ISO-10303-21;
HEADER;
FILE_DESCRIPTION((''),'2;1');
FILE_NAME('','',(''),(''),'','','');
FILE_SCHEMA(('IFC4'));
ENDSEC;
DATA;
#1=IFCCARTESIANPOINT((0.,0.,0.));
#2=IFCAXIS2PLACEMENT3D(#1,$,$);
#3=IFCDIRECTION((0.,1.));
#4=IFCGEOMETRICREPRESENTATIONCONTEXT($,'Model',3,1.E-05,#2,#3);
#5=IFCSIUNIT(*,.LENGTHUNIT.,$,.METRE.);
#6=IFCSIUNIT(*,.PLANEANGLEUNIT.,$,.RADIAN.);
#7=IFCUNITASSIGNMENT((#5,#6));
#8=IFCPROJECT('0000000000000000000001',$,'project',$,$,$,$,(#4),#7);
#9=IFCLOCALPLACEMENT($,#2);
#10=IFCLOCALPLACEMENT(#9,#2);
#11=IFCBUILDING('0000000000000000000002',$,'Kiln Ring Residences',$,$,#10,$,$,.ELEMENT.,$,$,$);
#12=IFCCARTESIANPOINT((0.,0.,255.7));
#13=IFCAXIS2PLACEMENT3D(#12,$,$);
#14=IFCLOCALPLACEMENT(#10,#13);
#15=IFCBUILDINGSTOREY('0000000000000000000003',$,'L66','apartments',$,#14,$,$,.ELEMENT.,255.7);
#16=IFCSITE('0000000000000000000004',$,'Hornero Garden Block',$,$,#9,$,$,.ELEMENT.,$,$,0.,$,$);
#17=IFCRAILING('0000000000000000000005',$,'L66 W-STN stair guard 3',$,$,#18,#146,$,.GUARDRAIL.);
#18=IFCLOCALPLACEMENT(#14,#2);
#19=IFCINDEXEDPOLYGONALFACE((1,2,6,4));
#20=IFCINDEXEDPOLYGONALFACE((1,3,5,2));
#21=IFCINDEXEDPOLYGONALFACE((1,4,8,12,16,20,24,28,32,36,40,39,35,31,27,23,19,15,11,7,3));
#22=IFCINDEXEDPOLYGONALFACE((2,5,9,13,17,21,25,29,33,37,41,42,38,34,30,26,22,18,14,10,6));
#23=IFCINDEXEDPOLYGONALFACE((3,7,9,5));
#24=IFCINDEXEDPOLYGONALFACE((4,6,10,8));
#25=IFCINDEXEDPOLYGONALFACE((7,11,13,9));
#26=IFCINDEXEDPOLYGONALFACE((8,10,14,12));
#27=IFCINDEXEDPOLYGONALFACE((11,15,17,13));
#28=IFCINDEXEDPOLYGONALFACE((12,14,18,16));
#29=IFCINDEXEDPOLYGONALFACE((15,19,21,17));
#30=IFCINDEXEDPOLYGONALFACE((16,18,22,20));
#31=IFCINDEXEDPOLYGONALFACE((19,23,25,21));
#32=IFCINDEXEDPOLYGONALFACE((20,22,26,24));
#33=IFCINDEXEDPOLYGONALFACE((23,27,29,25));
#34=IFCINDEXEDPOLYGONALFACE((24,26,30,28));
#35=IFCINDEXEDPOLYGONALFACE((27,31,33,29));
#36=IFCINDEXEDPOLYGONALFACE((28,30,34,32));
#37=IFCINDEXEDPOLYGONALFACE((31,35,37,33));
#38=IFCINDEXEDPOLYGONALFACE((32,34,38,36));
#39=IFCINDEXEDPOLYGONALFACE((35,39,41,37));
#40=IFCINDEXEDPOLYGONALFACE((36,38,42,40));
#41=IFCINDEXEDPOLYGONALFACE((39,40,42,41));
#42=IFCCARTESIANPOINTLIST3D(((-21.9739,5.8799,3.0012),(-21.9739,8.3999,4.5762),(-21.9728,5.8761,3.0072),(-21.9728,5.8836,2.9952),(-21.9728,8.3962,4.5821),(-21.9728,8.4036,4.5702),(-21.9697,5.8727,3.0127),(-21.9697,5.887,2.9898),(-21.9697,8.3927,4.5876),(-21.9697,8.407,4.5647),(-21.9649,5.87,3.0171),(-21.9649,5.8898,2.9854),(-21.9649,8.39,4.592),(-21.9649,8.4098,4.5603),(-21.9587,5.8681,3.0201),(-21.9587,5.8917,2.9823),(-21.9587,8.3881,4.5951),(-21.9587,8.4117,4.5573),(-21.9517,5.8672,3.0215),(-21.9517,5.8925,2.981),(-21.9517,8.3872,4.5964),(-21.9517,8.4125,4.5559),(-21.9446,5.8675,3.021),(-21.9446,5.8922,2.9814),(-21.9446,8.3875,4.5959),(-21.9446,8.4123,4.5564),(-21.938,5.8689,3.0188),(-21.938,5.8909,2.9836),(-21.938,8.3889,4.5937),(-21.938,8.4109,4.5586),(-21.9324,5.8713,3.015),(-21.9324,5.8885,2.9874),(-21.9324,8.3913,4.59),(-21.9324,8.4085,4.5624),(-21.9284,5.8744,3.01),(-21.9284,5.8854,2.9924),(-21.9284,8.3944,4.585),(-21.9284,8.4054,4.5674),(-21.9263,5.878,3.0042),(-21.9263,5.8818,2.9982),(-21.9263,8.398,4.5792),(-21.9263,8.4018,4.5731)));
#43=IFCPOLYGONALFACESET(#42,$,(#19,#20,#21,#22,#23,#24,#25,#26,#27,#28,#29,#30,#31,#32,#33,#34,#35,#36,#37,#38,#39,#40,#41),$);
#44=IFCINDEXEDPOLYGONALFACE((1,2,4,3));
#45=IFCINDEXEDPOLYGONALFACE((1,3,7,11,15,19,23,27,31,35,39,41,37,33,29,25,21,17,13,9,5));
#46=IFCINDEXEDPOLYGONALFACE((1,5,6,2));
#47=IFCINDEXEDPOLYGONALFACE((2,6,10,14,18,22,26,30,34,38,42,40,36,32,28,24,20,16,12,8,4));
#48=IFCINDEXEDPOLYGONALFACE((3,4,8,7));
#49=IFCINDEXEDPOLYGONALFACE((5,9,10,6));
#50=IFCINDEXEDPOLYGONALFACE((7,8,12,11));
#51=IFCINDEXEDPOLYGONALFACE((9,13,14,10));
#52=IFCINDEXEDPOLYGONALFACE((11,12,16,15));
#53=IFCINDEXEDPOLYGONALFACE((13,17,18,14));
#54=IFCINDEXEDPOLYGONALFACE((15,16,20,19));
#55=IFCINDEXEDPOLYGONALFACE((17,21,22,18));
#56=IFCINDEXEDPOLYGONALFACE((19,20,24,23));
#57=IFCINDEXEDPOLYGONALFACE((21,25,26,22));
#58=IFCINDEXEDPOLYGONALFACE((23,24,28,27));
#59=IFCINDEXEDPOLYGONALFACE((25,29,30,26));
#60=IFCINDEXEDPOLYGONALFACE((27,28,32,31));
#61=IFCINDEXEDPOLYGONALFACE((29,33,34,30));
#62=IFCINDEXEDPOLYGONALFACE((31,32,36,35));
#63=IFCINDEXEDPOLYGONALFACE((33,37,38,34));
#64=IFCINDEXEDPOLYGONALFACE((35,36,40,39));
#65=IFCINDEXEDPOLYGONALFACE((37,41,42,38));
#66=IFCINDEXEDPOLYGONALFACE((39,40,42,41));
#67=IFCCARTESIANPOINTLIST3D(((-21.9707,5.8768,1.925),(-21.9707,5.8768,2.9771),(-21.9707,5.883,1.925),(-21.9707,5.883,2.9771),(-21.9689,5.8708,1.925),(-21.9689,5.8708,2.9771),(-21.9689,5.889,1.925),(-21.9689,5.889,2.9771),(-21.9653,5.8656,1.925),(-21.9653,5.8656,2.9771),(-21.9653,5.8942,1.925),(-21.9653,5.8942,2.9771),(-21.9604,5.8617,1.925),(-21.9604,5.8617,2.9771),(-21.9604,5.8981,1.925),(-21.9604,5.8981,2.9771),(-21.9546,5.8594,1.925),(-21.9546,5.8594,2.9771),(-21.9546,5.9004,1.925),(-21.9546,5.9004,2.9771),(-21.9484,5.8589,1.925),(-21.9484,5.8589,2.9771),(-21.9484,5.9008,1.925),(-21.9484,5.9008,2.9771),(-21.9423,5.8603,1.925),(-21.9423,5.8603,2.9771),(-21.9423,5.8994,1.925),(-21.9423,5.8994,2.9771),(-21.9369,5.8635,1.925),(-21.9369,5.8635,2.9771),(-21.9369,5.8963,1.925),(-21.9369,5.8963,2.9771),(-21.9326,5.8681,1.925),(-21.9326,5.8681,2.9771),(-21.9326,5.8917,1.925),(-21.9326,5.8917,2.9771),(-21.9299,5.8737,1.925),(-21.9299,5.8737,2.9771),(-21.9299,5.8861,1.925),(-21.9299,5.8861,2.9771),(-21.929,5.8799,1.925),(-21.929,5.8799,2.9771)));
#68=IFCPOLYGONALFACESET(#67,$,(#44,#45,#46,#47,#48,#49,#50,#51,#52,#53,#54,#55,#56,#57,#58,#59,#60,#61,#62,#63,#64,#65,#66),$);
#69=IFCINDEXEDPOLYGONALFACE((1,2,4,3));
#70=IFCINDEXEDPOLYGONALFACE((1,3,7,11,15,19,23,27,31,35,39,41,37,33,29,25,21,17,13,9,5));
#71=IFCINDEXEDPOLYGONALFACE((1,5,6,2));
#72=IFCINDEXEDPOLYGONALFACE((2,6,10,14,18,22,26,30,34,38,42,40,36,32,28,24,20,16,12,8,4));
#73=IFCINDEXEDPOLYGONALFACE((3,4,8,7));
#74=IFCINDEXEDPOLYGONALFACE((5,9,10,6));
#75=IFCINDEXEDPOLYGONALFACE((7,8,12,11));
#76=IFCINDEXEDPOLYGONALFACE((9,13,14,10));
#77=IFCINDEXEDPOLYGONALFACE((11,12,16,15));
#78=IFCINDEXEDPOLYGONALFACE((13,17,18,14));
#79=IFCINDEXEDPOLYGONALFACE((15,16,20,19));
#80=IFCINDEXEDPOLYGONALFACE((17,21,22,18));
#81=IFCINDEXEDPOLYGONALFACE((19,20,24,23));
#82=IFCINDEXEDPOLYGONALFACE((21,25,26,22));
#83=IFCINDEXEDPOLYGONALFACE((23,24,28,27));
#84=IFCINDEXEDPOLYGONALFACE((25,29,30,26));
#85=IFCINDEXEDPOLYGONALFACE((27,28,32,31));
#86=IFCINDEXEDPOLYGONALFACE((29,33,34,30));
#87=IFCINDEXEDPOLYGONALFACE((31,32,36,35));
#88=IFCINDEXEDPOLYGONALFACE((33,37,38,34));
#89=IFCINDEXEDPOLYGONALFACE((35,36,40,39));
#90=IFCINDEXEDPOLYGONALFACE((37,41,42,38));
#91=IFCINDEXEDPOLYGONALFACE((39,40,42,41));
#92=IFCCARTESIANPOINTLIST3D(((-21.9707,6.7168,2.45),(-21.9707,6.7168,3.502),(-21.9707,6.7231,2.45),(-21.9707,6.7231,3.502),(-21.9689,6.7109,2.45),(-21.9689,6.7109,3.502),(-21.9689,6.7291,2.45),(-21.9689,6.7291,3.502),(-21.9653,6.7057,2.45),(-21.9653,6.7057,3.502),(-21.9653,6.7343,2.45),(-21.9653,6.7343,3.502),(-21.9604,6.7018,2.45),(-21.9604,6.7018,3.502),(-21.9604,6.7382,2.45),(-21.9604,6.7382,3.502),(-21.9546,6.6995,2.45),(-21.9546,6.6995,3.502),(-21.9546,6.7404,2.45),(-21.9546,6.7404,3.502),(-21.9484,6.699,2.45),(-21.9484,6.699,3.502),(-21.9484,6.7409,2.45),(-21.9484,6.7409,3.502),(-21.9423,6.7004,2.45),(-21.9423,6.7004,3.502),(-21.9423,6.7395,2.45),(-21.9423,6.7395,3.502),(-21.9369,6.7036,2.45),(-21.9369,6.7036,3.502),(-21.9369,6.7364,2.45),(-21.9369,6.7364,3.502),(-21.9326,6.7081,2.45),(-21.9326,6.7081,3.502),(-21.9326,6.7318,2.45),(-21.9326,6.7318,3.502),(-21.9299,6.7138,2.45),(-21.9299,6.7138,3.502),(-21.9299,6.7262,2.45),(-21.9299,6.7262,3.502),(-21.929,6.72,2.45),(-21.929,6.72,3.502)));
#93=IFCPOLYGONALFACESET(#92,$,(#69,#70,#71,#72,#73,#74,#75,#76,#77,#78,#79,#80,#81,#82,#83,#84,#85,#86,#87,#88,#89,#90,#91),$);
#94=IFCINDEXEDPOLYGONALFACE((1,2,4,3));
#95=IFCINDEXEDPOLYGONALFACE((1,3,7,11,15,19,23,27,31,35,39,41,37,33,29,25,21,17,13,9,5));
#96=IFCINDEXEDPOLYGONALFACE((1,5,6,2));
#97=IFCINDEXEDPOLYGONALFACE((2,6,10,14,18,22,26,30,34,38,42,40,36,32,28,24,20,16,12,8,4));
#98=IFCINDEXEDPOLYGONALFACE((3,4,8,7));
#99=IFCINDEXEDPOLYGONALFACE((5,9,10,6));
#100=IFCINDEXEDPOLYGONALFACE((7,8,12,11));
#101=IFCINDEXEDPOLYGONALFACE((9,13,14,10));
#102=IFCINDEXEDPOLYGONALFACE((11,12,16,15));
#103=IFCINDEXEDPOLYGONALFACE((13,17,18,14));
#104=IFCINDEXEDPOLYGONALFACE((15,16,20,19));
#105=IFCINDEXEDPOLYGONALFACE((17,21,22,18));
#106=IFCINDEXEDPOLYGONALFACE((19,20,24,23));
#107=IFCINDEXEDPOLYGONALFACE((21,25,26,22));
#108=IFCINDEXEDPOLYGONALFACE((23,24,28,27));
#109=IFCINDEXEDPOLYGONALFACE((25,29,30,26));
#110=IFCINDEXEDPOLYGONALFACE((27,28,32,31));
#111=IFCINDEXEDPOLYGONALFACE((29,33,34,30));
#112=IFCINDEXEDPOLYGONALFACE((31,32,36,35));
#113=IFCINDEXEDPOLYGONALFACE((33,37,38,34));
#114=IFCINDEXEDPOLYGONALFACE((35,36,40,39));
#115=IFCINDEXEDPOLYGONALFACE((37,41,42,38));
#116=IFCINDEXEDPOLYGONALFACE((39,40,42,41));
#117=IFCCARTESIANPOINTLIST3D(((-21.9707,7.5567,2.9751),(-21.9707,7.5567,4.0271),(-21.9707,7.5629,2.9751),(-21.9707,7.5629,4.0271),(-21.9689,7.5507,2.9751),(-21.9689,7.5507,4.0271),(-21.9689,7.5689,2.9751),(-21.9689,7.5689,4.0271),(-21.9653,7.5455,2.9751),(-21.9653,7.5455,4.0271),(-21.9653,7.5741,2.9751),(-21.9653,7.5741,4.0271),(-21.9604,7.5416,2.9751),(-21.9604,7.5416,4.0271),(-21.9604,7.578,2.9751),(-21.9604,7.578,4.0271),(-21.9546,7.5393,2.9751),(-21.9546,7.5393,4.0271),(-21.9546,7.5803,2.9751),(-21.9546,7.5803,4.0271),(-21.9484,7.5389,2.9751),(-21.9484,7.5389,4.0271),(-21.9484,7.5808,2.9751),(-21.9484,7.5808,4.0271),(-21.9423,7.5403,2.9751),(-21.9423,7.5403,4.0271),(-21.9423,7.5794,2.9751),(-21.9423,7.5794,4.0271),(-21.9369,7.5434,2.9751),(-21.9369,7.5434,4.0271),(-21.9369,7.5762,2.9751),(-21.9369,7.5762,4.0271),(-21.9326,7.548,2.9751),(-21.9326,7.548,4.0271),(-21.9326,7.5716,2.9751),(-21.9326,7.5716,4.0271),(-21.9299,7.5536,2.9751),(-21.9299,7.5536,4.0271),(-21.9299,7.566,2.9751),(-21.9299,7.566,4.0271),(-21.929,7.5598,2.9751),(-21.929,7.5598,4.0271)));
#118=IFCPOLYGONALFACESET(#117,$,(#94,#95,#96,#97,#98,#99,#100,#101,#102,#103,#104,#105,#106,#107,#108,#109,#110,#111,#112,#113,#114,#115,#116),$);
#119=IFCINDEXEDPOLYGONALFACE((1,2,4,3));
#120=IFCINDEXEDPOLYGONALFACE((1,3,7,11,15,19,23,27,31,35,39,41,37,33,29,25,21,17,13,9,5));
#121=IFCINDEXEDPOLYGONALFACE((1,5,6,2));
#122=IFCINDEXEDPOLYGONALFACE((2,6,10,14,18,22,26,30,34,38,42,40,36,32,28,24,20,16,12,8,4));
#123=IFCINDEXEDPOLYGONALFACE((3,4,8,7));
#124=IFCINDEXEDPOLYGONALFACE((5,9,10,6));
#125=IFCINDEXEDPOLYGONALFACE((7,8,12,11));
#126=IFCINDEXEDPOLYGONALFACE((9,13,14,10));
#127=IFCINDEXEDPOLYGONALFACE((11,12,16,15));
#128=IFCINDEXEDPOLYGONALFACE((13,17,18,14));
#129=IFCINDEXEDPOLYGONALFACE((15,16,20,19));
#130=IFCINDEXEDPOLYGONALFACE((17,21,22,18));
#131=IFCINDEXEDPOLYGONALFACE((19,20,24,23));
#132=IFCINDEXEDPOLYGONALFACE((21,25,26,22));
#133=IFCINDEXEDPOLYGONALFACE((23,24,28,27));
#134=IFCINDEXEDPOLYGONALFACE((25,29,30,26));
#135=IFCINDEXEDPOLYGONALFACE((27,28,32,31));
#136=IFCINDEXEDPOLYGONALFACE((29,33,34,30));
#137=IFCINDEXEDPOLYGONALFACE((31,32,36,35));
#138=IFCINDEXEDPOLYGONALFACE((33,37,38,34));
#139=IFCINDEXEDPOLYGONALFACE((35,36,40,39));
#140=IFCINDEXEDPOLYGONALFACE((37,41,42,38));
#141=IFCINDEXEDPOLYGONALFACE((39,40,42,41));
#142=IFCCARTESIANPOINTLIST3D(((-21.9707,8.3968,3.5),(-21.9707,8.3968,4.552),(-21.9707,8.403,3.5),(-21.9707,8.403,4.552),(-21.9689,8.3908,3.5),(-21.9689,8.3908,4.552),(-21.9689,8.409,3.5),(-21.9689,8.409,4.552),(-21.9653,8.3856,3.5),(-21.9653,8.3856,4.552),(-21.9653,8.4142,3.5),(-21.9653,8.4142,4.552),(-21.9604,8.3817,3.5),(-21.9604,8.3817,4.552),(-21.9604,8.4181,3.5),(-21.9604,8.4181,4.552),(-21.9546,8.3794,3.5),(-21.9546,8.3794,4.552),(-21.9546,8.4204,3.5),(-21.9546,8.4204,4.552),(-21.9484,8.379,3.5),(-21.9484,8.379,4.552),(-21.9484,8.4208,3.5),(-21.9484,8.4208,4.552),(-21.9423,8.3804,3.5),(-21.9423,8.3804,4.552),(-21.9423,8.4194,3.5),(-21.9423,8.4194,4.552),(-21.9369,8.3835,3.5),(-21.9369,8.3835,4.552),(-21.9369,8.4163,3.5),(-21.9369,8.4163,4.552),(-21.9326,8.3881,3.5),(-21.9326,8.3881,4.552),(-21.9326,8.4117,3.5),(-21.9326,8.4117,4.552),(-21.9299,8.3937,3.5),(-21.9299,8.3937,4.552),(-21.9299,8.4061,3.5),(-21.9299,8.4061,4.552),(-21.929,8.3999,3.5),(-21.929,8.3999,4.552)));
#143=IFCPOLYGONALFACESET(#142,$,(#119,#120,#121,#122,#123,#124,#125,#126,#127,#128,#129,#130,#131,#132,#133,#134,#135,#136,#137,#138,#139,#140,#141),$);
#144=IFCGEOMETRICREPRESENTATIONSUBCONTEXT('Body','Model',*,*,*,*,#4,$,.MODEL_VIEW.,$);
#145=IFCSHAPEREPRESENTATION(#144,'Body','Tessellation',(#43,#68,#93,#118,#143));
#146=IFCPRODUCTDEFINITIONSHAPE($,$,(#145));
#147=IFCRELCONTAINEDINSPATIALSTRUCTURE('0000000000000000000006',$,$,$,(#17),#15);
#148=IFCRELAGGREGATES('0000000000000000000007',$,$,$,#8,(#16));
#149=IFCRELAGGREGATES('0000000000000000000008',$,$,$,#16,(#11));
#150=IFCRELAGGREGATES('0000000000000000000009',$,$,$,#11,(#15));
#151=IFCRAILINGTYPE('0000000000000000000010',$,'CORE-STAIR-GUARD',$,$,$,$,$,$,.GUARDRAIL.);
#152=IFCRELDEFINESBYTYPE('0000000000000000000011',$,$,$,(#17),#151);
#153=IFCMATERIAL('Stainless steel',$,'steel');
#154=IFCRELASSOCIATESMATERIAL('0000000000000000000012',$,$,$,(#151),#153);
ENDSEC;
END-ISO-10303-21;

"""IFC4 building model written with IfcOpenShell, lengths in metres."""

from ifc_helpers import new_model, si_unit, direction, frame, origin, origin_2d, place, context, subcontext, project, spatial, circle, extrude, material, type_object, element, save


model = new_model("IFC4")

# Units and contexts
model_context = context("Model", 3, precision=1e-05, world=origin(), true_north=direction((0.0, 1.0)))
body_context = subcontext(model_context, "Body", "Model", "MODEL_VIEW")
ifc_project = project(units=[si_unit("LENGTHUNIT", "METRE"), si_unit("PLANEANGLEUNIT", "RADIAN")], contexts=[model_context])

# Site, building, storey
site_placement = place(None, origin())
site = spatial("IfcSite", under=ifc_project, at=site_placement, Name="Hornero Garden Block", CompositionType="ELEMENT", RefElevation=0.0)
building_placement = place(site_placement, origin())
building = spatial("IfcBuilding", under=site, at=building_placement, Name="Kiln Ring Residences", CompositionType="ELEMENT")
storey_placement = place(building_placement, frame((0.0, 0.0, 255.7)))
storey = spatial("IfcBuildingStorey", under=building, at=storey_placement, Name="L66", Description="apartments", CompositionType="ELEMENT", Elevation=255.7)

# Railing
ifc_material_1 = material(Name="Stainless steel", Category="steel")
railing_type_1 = type_object("IfcRailingType", Name="CORE-STAIR-GUARD", PredefinedType="GUARDRAIL", material=ifc_material_1)
railing_1_placement = place(storey_placement, frame((-21.95, 5.8799, 1.925)))
element("IfcRailing", 1, at=railing_1_placement, inside=storey, type_object=railing_type_1, Name="L66 W-STN stair guard 3", PredefinedType="GUARDRAIL", context=body_context, shape_type="SweptSolid", body=[
    extrude(circle(Radius=0.0239, at=origin_2d()), frame((0.0, 0.0, 1.0762), z_axis=(0.0, 0.848008, 0.529984), x_axis=(-1.0, 0.0, 0.0)), (0.0, 0.0, 1.0), 2.9717),
    extrude(circle(Radius=0.021, at=origin_2d()), origin(), (0.0, 0.0, 1.0), 1.052),
    extrude(circle(Radius=0.021, at=origin_2d()), frame((0.0, 0.8401, 0.5249)), (0.0, 0.0, 1.0), 1.052),
    extrude(circle(Radius=0.021, at=origin_2d()), frame((0.0, 1.6799, 1.05)), (0.0, 0.0, 1.0), 1.052),
    extrude(circle(Radius=0.021, at=origin_2d()), frame((0.0, 2.52, 1.575)), (0.0, 0.0, 1.0), 1.052),
])

save(model, "model.ifc")
